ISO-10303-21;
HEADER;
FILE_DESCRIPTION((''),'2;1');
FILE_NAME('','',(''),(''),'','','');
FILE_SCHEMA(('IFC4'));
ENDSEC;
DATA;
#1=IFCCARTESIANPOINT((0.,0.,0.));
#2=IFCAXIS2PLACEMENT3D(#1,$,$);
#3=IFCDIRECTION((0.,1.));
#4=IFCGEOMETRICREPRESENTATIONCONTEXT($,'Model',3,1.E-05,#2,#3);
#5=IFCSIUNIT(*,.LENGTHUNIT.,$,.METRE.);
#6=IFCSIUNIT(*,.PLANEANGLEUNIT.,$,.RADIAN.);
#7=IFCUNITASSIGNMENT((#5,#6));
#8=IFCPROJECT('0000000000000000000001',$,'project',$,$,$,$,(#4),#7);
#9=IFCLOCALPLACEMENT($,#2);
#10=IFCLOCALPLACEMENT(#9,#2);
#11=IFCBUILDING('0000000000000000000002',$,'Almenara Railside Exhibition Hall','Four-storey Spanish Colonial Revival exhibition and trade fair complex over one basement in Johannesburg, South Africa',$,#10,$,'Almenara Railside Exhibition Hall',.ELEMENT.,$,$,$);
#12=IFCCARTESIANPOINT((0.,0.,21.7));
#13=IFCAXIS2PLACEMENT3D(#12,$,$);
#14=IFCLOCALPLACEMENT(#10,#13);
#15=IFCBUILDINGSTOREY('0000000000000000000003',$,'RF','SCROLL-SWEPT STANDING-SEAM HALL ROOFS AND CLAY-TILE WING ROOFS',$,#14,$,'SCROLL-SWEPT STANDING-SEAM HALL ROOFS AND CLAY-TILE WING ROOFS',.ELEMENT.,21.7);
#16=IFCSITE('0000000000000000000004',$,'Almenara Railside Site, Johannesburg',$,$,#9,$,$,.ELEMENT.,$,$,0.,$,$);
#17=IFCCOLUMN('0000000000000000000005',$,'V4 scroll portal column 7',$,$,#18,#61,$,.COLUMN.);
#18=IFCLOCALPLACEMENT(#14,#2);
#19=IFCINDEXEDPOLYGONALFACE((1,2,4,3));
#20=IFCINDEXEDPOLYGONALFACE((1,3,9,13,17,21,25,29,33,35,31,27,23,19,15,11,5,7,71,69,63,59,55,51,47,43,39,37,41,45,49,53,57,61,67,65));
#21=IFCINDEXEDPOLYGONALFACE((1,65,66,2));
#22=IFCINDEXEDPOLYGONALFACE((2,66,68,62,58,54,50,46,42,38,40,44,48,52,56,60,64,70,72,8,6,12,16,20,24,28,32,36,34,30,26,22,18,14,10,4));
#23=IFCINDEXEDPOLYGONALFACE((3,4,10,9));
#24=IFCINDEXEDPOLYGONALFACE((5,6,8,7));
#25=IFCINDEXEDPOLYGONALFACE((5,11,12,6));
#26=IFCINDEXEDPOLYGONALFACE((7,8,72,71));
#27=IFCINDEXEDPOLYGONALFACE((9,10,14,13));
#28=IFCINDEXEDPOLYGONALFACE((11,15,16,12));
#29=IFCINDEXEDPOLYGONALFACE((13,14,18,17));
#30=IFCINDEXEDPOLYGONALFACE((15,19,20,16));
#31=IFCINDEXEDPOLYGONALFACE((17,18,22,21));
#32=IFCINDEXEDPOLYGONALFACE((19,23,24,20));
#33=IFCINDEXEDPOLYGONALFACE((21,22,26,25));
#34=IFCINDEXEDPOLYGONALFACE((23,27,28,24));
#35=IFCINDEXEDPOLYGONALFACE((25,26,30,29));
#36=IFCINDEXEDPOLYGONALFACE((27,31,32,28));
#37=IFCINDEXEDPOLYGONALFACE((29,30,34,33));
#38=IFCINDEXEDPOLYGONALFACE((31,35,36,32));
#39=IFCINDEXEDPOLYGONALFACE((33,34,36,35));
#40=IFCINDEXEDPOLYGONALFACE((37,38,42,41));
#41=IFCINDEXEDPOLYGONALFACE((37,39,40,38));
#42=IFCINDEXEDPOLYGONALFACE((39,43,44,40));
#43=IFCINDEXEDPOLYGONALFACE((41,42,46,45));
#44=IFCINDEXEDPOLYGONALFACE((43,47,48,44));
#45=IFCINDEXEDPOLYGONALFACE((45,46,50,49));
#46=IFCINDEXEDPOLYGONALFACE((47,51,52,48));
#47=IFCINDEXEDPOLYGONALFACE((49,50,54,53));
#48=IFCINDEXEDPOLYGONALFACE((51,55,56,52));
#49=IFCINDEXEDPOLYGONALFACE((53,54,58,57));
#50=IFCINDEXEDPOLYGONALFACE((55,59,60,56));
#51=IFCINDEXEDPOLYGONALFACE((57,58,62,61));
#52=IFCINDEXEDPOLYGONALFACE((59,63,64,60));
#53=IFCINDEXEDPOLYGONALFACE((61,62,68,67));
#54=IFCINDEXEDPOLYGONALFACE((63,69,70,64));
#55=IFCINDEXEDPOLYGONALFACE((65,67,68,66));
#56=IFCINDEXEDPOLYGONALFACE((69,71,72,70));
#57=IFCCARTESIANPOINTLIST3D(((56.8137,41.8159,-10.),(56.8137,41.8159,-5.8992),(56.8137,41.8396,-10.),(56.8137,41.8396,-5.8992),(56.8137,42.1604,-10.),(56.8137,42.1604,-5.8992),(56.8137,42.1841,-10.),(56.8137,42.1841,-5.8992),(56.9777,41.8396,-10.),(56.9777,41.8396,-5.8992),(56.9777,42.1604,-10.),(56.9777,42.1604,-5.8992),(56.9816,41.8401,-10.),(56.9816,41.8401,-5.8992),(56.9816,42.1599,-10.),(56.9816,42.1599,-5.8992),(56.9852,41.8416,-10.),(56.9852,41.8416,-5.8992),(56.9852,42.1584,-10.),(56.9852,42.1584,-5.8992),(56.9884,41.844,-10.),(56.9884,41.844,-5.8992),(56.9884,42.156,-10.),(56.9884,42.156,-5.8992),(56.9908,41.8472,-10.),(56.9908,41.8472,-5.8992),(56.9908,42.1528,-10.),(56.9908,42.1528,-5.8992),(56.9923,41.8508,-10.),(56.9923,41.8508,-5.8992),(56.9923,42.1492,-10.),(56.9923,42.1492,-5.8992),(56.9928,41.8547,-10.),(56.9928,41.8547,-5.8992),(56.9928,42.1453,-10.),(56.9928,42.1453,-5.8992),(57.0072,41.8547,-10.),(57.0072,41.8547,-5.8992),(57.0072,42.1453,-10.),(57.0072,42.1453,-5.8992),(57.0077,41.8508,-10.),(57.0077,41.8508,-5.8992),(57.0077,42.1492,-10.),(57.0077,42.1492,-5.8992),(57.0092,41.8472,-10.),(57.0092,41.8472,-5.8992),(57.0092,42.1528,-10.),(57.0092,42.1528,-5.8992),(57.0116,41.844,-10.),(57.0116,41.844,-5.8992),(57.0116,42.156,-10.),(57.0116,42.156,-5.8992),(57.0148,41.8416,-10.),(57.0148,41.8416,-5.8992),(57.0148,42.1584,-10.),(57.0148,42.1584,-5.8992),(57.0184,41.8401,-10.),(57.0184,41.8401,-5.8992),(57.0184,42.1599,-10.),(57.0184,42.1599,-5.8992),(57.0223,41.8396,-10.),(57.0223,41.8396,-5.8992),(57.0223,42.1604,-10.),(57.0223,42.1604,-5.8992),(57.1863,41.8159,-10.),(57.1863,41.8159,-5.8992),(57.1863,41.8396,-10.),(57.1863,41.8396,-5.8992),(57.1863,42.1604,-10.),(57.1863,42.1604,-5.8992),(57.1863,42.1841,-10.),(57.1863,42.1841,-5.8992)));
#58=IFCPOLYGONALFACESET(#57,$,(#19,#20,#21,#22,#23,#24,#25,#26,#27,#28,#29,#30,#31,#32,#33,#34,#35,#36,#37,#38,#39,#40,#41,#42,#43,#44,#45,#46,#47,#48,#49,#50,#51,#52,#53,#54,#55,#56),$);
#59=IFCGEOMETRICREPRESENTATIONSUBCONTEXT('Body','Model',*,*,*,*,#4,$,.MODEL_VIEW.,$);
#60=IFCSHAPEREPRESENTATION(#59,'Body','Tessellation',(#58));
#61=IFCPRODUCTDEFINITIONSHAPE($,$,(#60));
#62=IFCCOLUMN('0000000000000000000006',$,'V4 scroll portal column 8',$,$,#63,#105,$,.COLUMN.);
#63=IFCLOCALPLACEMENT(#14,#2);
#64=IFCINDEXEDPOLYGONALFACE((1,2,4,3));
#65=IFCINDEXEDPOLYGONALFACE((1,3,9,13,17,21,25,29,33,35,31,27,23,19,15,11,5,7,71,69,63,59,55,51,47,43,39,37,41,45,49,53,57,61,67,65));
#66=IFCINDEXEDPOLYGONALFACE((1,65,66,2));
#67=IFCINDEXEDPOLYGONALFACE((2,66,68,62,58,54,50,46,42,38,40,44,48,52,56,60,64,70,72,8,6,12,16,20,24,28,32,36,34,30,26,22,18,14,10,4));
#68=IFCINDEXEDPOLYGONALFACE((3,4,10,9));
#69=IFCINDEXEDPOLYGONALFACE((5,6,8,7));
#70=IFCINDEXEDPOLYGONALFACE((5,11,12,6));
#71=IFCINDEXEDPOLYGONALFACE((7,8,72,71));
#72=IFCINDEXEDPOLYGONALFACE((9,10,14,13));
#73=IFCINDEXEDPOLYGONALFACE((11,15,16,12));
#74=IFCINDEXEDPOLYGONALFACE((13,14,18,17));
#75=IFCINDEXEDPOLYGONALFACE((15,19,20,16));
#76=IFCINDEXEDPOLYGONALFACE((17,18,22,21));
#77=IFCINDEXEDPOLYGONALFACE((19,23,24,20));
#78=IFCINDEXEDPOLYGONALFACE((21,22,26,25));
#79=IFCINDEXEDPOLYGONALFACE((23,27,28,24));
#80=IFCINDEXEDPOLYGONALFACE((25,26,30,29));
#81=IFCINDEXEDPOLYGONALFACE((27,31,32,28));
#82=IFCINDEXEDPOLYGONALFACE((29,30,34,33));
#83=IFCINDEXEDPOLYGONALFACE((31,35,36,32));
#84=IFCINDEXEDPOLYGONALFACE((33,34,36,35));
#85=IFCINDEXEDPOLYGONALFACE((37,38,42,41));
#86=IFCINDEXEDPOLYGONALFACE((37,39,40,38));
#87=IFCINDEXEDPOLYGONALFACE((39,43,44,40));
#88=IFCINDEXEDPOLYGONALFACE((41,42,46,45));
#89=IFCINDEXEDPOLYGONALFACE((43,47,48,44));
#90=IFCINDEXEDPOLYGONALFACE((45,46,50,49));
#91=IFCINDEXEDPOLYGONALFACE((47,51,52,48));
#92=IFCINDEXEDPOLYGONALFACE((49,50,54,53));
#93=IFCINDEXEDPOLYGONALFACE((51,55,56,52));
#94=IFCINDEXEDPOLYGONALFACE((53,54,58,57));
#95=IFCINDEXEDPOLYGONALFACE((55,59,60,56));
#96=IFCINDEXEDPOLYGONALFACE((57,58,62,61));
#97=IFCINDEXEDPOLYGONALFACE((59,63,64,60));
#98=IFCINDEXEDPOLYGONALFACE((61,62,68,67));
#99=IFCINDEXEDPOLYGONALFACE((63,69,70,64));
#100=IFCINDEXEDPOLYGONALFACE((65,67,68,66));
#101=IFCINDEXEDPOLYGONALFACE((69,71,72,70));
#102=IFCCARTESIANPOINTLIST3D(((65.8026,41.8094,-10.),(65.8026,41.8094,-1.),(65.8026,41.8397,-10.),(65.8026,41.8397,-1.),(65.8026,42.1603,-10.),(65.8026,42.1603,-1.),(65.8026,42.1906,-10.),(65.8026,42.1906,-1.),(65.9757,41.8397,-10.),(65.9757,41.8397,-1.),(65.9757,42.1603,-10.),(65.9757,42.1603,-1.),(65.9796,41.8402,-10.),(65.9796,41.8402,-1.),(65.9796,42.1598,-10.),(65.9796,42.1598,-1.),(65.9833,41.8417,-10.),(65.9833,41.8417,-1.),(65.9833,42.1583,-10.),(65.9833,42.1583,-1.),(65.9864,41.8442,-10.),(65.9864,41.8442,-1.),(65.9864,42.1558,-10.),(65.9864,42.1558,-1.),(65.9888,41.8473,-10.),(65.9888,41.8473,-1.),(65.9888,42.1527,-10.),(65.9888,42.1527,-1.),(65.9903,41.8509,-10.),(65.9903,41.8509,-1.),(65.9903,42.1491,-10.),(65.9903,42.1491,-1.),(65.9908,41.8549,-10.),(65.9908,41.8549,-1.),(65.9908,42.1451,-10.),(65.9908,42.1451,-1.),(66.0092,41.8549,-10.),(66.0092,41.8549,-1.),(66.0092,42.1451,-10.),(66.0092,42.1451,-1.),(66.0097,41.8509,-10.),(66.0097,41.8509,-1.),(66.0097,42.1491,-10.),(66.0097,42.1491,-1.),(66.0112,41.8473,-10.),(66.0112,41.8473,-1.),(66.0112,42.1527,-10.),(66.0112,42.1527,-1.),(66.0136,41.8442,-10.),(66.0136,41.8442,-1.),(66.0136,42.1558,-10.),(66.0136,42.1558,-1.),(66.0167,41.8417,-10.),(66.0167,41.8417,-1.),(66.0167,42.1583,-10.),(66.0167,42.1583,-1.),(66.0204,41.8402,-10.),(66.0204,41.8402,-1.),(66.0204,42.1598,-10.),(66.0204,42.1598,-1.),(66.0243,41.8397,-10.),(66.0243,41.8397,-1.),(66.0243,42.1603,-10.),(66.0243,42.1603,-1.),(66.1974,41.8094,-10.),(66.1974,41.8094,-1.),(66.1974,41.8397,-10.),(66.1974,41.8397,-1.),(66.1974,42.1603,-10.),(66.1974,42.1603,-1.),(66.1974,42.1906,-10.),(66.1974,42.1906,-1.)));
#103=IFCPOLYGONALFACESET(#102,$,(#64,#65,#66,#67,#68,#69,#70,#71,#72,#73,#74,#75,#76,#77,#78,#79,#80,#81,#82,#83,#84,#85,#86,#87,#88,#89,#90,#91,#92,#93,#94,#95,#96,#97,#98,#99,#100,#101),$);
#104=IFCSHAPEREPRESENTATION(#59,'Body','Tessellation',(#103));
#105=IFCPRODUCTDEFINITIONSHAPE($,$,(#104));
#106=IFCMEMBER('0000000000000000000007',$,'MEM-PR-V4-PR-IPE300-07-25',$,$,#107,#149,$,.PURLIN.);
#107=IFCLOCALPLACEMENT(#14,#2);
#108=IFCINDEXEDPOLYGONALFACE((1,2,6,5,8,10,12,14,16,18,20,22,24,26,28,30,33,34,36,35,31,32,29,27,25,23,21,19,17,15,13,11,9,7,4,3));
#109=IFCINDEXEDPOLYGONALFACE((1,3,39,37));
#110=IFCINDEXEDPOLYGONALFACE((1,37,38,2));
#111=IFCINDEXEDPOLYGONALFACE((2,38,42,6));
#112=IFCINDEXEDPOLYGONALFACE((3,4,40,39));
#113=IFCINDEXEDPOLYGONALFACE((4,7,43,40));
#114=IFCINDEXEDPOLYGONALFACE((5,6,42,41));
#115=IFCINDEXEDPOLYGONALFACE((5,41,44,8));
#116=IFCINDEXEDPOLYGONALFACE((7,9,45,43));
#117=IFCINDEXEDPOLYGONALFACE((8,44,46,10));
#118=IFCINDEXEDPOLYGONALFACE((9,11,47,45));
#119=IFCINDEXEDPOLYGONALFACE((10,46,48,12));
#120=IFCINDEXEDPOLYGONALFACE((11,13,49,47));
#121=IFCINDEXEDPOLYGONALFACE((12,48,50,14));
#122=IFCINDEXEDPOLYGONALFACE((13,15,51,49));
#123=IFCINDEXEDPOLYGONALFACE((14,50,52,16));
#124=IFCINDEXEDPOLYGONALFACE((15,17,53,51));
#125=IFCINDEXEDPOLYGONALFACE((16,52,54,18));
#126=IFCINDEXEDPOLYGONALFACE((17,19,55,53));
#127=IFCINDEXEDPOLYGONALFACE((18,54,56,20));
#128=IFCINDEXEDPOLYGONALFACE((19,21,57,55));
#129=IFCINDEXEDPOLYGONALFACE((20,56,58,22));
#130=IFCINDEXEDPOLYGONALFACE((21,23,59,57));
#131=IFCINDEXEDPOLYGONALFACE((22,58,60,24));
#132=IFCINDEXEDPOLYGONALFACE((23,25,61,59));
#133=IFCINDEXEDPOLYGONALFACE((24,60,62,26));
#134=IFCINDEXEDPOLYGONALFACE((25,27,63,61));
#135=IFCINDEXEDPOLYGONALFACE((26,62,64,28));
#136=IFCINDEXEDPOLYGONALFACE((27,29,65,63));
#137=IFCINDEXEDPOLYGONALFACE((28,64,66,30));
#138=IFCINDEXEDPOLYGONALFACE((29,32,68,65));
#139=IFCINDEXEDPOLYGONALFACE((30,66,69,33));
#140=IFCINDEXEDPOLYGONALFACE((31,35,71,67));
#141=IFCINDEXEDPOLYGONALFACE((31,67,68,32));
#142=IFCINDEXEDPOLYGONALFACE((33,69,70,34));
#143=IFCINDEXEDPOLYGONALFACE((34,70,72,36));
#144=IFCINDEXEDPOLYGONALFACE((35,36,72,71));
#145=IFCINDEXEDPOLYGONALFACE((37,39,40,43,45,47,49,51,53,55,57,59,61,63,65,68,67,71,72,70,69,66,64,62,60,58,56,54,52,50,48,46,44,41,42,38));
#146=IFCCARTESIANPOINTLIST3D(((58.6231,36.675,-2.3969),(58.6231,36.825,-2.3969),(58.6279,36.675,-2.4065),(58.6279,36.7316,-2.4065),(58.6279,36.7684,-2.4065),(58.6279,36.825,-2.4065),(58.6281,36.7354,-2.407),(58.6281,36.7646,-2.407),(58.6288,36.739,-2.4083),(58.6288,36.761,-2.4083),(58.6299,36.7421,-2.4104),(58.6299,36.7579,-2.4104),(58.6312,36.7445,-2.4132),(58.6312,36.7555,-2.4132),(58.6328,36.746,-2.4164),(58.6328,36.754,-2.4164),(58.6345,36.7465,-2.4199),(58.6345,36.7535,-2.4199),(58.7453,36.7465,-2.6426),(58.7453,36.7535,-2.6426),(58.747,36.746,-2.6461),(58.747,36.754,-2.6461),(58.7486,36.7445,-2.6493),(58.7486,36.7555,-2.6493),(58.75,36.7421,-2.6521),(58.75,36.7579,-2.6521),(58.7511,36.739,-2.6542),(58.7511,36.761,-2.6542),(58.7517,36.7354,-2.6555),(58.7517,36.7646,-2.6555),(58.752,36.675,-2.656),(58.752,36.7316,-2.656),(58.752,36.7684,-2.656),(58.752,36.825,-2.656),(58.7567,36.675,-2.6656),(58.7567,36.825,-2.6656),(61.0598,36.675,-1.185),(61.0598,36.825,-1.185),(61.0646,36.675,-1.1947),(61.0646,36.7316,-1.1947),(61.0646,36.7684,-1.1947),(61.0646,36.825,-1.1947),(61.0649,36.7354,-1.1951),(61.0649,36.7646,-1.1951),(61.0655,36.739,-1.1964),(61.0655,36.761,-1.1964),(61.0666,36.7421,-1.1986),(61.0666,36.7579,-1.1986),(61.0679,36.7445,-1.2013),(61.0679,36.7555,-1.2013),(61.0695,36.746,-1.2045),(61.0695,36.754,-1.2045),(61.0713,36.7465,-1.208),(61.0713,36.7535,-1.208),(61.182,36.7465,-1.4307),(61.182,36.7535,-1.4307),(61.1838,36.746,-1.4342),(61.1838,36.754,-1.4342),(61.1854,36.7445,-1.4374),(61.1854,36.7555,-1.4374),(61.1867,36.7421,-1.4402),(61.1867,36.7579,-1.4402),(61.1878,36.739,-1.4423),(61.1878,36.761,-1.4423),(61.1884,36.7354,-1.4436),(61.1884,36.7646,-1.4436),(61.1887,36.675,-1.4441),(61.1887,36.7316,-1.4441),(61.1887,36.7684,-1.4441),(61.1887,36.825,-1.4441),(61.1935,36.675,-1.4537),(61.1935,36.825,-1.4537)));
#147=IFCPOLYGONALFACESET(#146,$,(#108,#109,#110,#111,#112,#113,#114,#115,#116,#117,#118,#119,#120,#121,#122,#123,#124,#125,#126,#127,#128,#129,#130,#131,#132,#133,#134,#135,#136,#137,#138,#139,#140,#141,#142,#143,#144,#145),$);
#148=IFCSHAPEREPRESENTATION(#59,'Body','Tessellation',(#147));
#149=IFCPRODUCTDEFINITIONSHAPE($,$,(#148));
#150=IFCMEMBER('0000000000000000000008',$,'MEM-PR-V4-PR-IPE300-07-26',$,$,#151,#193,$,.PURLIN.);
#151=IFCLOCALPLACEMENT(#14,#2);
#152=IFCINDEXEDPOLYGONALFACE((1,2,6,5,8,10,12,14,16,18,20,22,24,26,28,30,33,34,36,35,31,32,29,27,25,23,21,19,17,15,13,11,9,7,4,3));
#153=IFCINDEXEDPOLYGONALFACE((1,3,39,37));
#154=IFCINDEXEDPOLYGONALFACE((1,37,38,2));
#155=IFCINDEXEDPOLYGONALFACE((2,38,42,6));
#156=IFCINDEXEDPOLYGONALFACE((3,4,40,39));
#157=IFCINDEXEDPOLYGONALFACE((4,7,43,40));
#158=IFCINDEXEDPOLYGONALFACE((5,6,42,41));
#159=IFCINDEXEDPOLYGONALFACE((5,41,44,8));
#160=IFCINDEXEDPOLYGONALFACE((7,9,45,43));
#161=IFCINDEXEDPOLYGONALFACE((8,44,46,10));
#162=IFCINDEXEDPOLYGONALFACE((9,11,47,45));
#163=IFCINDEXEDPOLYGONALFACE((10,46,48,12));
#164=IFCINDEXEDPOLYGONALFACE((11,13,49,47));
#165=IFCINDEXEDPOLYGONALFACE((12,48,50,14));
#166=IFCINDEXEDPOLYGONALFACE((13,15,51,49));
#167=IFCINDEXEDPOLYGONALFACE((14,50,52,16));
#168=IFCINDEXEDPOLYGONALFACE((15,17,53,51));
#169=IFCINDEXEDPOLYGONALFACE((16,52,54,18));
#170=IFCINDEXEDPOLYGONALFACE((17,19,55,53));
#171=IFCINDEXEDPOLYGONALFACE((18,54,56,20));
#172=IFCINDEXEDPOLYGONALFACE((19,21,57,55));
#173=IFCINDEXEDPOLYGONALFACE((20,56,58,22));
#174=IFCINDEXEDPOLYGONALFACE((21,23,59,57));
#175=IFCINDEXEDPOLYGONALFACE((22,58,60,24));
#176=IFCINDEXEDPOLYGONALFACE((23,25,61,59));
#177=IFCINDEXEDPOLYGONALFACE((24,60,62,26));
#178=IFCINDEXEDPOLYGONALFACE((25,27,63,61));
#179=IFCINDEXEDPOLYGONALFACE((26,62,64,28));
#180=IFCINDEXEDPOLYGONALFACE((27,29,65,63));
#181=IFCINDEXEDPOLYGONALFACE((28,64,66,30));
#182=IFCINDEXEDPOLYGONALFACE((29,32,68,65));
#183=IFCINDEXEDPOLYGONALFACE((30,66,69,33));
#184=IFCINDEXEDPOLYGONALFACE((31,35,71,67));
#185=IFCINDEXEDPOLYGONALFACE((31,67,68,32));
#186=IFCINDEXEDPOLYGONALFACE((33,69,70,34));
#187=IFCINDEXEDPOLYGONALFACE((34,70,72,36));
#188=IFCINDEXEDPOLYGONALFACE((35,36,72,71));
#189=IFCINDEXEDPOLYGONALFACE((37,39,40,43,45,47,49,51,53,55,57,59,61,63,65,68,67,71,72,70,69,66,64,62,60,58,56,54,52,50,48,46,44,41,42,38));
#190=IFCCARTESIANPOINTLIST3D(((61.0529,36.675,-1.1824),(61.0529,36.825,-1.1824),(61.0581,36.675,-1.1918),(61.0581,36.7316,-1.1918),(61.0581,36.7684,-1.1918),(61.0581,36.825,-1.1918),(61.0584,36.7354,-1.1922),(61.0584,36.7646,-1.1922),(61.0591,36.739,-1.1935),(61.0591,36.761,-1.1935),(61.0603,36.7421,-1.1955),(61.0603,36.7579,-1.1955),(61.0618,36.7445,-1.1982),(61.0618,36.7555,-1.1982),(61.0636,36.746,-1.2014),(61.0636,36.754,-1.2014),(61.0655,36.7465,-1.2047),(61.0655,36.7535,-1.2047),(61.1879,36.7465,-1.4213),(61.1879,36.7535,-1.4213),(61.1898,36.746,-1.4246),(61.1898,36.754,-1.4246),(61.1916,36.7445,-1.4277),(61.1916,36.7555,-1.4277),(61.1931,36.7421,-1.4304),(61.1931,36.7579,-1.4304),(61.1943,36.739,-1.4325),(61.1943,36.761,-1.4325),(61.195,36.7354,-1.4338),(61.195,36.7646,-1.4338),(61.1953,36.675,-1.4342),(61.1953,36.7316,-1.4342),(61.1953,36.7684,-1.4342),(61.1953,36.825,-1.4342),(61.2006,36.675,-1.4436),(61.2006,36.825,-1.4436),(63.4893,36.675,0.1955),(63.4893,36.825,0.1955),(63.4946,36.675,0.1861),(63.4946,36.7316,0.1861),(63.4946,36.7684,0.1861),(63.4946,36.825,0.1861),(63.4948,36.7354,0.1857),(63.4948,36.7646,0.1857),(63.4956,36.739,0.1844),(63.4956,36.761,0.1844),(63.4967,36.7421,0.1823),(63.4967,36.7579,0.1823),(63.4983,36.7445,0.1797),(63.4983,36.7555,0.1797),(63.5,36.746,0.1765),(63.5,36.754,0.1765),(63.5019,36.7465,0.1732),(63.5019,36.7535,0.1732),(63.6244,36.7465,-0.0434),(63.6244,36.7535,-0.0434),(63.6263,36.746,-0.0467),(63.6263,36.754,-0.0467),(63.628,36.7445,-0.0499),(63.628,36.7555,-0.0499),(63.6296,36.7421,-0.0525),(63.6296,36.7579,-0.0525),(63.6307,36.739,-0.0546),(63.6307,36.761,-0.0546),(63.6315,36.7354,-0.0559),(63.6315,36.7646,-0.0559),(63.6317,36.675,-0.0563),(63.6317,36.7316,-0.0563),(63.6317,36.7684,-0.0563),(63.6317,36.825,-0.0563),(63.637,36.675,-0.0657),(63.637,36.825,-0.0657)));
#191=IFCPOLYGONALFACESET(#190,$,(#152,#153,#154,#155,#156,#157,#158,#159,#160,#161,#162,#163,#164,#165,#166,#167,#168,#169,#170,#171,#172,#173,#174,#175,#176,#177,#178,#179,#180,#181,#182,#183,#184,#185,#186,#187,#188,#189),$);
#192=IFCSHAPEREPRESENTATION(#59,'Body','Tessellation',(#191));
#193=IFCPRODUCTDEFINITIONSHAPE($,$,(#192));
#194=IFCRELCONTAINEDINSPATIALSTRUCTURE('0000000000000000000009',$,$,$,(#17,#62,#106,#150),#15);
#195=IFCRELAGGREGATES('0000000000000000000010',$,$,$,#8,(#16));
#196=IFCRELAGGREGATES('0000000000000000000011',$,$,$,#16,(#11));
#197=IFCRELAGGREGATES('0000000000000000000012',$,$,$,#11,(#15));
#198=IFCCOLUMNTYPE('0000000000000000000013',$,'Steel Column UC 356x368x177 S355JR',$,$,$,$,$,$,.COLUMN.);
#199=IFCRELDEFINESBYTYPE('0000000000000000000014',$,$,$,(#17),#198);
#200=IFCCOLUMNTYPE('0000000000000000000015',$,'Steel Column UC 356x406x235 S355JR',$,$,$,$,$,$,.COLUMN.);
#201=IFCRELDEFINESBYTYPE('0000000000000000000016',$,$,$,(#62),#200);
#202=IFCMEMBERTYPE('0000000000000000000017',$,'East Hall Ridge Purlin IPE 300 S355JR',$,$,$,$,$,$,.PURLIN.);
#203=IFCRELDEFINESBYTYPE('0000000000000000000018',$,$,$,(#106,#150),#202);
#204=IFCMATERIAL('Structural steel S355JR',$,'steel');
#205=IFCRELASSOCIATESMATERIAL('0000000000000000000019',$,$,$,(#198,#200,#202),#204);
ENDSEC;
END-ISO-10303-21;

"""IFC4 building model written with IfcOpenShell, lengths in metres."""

from ifc_helpers import new_model, si_unit, direction, frame, origin, origin_2d, place, context, subcontext, project, spatial, i_section, extrude, material, material_profile, profile_set, type_object, element, save


model = new_model("IFC4")

# Units and contexts
model_context = context("Model", 3, precision=1e-05, world=origin(), true_north=direction((0.0, 1.0)))
body_context = subcontext(model_context, "Body", "Model", "MODEL_VIEW")
ifc_project = project(units=[si_unit("LENGTHUNIT", "METRE"), si_unit("PLANEANGLEUNIT", "RADIAN")], contexts=[model_context])

# Site, building, storey
site_placement = place(None, origin())
site = spatial("IfcSite", under=ifc_project, at=site_placement, Name="Almenara Railside Site, Johannesburg", CompositionType="ELEMENT", RefElevation=0.0)
building_placement = place(site_placement, origin())
building = spatial("IfcBuilding", under=site, at=building_placement, Name="Almenara Railside Exhibition Hall", Description="Four-storey Spanish Colonial Revival exhibition and trade fair complex over one basement in Johannesburg, South Africa", LongName="Almenara Railside Exhibition Hall", CompositionType="ELEMENT")
storey_placement = place(building_placement, frame((0.0, 0.0, 21.7)))
storey = spatial("IfcBuildingStorey", under=building, at=storey_placement, Name="RF", Description="SCROLL-SWEPT STANDING-SEAM HALL ROOFS AND CLAY-TILE WING ROOFS", LongName="SCROLL-SWEPT STANDING-SEAM HALL ROOFS AND CLAY-TILE WING ROOFS", CompositionType="ELEMENT", Elevation=21.7)

# Columns
ifc_material_1 = material(Name="Structural steel S355JR", Category="steel")
ifc_material_profile_1 = material_profile(ifc_material_1, i_section(OverallWidth=0.3726, OverallDepth=0.3682, WebThickness=0.0144, FlangeThickness=0.0237, FilletRadius=0.0151, at=origin_2d()), Name="UC 356x368x177")
ifc_profile_set_1 = profile_set([ifc_material_profile_1], Name="Structural steel S355JR")
column_type_1 = type_object("IfcColumnType", Name="Steel Column UC 356x368x177 S355JR", PredefinedType="COLUMN", material=ifc_profile_set_1)
column_1_placement = place(storey_placement, frame((57.0, 42.0, -10.0), z_axis=(0.0, 0.0, 1.0), x_axis=(1.0, 0.0, 0.0)))
element("IfcColumn", 1, at=column_1_placement, inside=storey, type_object=column_type_1, Name="V4 scroll portal column 7", PredefinedType="COLUMN", context=body_context, shape_type="SweptSolid", body=[
    extrude(i_section(OverallWidth=0.3726, OverallDepth=0.3682, WebThickness=0.0144, FlangeThickness=0.0237, FilletRadius=0.0151, at=origin_2d()), origin(), (0.0, 0.0, 1.0), 4.1008),
])
ifc_material_profile_2 = material_profile(ifc_material_1, i_section(OverallWidth=0.3948, OverallDepth=0.3811, WebThickness=0.0183, FlangeThickness=0.0303, FilletRadius=0.0151, at=origin_2d()), Name="UC 356x406x235")
ifc_profile_set_2 = profile_set([ifc_material_profile_2], Name="Structural steel S355JR")
column_type_2 = type_object("IfcColumnType", Name="Steel Column UC 356x406x235 S355JR", PredefinedType="COLUMN", material=ifc_profile_set_2)
column_2_placement = place(storey_placement, frame((66.0, 42.0, -10.0), z_axis=(0.0, 0.0, 1.0), x_axis=(1.0, 0.0, 0.0)))
element("IfcColumn", 2, at=column_2_placement, inside=storey, type_object=column_type_2, Name="V4 scroll portal column 8", PredefinedType="COLUMN", context=body_context, shape_type="SweptSolid", body=[
    extrude(i_section(OverallWidth=0.3948, OverallDepth=0.3811, WebThickness=0.0183, FlangeThickness=0.0303, FilletRadius=0.0151, at=origin_2d()), origin(), (0.0, 0.0, 1.0), 9.0),
])

# Members
ifc_material_profile_3 = material_profile(ifc_material_1, i_section(OverallWidth=0.1499, OverallDepth=0.3, WebThickness=0.0071, FlangeThickness=0.0107, FilletRadius=0.0149, at=origin_2d()), Name="IPE 300")
ifc_profile_set_3 = profile_set([ifc_material_profile_3], Name="Structural steel S355JR")
member_type_1 = type_object("IfcMemberType", Name="East Hall Ridge Purlin IPE 300 S355JR", PredefinedType="PURLIN", material=ifc_profile_set_3)
member_1_placement = place(storey_placement, frame((58.6899, 36.75, -2.5312), z_axis=(0.895376, 0.0, 0.445311), x_axis=(0.0, 1.0, 0.0)))
element("IfcMember", 3, at=member_1_placement, inside=storey, type_object=member_type_1, Name="MEM-PR-V4-PR-IPE300-07-25", PredefinedType="PURLIN", context=body_context, shape_type="SweptSolid", body=[
    extrude(i_section(OverallWidth=0.1499, OverallDepth=0.3, WebThickness=0.0071, FlangeThickness=0.0107, FilletRadius=0.0149, at=origin_2d()), origin(), (0.0, 0.0, 1.0), 2.7214),
])
member_2_placement = place(storey_placement, frame((61.1267, 36.75, -1.313), z_axis=(0.870446, 0.0, 0.492264), x_axis=(0.0, 1.0, 0.0)))
element("IfcMember", 4, at=member_2_placement, inside=storey, type_object=member_type_1, Name="MEM-PR-V4-PR-IPE300-07-26", PredefinedType="PURLIN", context=body_context, shape_type="SweptSolid", body=[
    extrude(i_section(OverallWidth=0.1499, OverallDepth=0.3, WebThickness=0.0071, FlangeThickness=0.0107, FilletRadius=0.0149, at=origin_2d()), origin(), (0.0, 0.0, 1.0), 2.7991),
])

save(model, "model.ifc")
